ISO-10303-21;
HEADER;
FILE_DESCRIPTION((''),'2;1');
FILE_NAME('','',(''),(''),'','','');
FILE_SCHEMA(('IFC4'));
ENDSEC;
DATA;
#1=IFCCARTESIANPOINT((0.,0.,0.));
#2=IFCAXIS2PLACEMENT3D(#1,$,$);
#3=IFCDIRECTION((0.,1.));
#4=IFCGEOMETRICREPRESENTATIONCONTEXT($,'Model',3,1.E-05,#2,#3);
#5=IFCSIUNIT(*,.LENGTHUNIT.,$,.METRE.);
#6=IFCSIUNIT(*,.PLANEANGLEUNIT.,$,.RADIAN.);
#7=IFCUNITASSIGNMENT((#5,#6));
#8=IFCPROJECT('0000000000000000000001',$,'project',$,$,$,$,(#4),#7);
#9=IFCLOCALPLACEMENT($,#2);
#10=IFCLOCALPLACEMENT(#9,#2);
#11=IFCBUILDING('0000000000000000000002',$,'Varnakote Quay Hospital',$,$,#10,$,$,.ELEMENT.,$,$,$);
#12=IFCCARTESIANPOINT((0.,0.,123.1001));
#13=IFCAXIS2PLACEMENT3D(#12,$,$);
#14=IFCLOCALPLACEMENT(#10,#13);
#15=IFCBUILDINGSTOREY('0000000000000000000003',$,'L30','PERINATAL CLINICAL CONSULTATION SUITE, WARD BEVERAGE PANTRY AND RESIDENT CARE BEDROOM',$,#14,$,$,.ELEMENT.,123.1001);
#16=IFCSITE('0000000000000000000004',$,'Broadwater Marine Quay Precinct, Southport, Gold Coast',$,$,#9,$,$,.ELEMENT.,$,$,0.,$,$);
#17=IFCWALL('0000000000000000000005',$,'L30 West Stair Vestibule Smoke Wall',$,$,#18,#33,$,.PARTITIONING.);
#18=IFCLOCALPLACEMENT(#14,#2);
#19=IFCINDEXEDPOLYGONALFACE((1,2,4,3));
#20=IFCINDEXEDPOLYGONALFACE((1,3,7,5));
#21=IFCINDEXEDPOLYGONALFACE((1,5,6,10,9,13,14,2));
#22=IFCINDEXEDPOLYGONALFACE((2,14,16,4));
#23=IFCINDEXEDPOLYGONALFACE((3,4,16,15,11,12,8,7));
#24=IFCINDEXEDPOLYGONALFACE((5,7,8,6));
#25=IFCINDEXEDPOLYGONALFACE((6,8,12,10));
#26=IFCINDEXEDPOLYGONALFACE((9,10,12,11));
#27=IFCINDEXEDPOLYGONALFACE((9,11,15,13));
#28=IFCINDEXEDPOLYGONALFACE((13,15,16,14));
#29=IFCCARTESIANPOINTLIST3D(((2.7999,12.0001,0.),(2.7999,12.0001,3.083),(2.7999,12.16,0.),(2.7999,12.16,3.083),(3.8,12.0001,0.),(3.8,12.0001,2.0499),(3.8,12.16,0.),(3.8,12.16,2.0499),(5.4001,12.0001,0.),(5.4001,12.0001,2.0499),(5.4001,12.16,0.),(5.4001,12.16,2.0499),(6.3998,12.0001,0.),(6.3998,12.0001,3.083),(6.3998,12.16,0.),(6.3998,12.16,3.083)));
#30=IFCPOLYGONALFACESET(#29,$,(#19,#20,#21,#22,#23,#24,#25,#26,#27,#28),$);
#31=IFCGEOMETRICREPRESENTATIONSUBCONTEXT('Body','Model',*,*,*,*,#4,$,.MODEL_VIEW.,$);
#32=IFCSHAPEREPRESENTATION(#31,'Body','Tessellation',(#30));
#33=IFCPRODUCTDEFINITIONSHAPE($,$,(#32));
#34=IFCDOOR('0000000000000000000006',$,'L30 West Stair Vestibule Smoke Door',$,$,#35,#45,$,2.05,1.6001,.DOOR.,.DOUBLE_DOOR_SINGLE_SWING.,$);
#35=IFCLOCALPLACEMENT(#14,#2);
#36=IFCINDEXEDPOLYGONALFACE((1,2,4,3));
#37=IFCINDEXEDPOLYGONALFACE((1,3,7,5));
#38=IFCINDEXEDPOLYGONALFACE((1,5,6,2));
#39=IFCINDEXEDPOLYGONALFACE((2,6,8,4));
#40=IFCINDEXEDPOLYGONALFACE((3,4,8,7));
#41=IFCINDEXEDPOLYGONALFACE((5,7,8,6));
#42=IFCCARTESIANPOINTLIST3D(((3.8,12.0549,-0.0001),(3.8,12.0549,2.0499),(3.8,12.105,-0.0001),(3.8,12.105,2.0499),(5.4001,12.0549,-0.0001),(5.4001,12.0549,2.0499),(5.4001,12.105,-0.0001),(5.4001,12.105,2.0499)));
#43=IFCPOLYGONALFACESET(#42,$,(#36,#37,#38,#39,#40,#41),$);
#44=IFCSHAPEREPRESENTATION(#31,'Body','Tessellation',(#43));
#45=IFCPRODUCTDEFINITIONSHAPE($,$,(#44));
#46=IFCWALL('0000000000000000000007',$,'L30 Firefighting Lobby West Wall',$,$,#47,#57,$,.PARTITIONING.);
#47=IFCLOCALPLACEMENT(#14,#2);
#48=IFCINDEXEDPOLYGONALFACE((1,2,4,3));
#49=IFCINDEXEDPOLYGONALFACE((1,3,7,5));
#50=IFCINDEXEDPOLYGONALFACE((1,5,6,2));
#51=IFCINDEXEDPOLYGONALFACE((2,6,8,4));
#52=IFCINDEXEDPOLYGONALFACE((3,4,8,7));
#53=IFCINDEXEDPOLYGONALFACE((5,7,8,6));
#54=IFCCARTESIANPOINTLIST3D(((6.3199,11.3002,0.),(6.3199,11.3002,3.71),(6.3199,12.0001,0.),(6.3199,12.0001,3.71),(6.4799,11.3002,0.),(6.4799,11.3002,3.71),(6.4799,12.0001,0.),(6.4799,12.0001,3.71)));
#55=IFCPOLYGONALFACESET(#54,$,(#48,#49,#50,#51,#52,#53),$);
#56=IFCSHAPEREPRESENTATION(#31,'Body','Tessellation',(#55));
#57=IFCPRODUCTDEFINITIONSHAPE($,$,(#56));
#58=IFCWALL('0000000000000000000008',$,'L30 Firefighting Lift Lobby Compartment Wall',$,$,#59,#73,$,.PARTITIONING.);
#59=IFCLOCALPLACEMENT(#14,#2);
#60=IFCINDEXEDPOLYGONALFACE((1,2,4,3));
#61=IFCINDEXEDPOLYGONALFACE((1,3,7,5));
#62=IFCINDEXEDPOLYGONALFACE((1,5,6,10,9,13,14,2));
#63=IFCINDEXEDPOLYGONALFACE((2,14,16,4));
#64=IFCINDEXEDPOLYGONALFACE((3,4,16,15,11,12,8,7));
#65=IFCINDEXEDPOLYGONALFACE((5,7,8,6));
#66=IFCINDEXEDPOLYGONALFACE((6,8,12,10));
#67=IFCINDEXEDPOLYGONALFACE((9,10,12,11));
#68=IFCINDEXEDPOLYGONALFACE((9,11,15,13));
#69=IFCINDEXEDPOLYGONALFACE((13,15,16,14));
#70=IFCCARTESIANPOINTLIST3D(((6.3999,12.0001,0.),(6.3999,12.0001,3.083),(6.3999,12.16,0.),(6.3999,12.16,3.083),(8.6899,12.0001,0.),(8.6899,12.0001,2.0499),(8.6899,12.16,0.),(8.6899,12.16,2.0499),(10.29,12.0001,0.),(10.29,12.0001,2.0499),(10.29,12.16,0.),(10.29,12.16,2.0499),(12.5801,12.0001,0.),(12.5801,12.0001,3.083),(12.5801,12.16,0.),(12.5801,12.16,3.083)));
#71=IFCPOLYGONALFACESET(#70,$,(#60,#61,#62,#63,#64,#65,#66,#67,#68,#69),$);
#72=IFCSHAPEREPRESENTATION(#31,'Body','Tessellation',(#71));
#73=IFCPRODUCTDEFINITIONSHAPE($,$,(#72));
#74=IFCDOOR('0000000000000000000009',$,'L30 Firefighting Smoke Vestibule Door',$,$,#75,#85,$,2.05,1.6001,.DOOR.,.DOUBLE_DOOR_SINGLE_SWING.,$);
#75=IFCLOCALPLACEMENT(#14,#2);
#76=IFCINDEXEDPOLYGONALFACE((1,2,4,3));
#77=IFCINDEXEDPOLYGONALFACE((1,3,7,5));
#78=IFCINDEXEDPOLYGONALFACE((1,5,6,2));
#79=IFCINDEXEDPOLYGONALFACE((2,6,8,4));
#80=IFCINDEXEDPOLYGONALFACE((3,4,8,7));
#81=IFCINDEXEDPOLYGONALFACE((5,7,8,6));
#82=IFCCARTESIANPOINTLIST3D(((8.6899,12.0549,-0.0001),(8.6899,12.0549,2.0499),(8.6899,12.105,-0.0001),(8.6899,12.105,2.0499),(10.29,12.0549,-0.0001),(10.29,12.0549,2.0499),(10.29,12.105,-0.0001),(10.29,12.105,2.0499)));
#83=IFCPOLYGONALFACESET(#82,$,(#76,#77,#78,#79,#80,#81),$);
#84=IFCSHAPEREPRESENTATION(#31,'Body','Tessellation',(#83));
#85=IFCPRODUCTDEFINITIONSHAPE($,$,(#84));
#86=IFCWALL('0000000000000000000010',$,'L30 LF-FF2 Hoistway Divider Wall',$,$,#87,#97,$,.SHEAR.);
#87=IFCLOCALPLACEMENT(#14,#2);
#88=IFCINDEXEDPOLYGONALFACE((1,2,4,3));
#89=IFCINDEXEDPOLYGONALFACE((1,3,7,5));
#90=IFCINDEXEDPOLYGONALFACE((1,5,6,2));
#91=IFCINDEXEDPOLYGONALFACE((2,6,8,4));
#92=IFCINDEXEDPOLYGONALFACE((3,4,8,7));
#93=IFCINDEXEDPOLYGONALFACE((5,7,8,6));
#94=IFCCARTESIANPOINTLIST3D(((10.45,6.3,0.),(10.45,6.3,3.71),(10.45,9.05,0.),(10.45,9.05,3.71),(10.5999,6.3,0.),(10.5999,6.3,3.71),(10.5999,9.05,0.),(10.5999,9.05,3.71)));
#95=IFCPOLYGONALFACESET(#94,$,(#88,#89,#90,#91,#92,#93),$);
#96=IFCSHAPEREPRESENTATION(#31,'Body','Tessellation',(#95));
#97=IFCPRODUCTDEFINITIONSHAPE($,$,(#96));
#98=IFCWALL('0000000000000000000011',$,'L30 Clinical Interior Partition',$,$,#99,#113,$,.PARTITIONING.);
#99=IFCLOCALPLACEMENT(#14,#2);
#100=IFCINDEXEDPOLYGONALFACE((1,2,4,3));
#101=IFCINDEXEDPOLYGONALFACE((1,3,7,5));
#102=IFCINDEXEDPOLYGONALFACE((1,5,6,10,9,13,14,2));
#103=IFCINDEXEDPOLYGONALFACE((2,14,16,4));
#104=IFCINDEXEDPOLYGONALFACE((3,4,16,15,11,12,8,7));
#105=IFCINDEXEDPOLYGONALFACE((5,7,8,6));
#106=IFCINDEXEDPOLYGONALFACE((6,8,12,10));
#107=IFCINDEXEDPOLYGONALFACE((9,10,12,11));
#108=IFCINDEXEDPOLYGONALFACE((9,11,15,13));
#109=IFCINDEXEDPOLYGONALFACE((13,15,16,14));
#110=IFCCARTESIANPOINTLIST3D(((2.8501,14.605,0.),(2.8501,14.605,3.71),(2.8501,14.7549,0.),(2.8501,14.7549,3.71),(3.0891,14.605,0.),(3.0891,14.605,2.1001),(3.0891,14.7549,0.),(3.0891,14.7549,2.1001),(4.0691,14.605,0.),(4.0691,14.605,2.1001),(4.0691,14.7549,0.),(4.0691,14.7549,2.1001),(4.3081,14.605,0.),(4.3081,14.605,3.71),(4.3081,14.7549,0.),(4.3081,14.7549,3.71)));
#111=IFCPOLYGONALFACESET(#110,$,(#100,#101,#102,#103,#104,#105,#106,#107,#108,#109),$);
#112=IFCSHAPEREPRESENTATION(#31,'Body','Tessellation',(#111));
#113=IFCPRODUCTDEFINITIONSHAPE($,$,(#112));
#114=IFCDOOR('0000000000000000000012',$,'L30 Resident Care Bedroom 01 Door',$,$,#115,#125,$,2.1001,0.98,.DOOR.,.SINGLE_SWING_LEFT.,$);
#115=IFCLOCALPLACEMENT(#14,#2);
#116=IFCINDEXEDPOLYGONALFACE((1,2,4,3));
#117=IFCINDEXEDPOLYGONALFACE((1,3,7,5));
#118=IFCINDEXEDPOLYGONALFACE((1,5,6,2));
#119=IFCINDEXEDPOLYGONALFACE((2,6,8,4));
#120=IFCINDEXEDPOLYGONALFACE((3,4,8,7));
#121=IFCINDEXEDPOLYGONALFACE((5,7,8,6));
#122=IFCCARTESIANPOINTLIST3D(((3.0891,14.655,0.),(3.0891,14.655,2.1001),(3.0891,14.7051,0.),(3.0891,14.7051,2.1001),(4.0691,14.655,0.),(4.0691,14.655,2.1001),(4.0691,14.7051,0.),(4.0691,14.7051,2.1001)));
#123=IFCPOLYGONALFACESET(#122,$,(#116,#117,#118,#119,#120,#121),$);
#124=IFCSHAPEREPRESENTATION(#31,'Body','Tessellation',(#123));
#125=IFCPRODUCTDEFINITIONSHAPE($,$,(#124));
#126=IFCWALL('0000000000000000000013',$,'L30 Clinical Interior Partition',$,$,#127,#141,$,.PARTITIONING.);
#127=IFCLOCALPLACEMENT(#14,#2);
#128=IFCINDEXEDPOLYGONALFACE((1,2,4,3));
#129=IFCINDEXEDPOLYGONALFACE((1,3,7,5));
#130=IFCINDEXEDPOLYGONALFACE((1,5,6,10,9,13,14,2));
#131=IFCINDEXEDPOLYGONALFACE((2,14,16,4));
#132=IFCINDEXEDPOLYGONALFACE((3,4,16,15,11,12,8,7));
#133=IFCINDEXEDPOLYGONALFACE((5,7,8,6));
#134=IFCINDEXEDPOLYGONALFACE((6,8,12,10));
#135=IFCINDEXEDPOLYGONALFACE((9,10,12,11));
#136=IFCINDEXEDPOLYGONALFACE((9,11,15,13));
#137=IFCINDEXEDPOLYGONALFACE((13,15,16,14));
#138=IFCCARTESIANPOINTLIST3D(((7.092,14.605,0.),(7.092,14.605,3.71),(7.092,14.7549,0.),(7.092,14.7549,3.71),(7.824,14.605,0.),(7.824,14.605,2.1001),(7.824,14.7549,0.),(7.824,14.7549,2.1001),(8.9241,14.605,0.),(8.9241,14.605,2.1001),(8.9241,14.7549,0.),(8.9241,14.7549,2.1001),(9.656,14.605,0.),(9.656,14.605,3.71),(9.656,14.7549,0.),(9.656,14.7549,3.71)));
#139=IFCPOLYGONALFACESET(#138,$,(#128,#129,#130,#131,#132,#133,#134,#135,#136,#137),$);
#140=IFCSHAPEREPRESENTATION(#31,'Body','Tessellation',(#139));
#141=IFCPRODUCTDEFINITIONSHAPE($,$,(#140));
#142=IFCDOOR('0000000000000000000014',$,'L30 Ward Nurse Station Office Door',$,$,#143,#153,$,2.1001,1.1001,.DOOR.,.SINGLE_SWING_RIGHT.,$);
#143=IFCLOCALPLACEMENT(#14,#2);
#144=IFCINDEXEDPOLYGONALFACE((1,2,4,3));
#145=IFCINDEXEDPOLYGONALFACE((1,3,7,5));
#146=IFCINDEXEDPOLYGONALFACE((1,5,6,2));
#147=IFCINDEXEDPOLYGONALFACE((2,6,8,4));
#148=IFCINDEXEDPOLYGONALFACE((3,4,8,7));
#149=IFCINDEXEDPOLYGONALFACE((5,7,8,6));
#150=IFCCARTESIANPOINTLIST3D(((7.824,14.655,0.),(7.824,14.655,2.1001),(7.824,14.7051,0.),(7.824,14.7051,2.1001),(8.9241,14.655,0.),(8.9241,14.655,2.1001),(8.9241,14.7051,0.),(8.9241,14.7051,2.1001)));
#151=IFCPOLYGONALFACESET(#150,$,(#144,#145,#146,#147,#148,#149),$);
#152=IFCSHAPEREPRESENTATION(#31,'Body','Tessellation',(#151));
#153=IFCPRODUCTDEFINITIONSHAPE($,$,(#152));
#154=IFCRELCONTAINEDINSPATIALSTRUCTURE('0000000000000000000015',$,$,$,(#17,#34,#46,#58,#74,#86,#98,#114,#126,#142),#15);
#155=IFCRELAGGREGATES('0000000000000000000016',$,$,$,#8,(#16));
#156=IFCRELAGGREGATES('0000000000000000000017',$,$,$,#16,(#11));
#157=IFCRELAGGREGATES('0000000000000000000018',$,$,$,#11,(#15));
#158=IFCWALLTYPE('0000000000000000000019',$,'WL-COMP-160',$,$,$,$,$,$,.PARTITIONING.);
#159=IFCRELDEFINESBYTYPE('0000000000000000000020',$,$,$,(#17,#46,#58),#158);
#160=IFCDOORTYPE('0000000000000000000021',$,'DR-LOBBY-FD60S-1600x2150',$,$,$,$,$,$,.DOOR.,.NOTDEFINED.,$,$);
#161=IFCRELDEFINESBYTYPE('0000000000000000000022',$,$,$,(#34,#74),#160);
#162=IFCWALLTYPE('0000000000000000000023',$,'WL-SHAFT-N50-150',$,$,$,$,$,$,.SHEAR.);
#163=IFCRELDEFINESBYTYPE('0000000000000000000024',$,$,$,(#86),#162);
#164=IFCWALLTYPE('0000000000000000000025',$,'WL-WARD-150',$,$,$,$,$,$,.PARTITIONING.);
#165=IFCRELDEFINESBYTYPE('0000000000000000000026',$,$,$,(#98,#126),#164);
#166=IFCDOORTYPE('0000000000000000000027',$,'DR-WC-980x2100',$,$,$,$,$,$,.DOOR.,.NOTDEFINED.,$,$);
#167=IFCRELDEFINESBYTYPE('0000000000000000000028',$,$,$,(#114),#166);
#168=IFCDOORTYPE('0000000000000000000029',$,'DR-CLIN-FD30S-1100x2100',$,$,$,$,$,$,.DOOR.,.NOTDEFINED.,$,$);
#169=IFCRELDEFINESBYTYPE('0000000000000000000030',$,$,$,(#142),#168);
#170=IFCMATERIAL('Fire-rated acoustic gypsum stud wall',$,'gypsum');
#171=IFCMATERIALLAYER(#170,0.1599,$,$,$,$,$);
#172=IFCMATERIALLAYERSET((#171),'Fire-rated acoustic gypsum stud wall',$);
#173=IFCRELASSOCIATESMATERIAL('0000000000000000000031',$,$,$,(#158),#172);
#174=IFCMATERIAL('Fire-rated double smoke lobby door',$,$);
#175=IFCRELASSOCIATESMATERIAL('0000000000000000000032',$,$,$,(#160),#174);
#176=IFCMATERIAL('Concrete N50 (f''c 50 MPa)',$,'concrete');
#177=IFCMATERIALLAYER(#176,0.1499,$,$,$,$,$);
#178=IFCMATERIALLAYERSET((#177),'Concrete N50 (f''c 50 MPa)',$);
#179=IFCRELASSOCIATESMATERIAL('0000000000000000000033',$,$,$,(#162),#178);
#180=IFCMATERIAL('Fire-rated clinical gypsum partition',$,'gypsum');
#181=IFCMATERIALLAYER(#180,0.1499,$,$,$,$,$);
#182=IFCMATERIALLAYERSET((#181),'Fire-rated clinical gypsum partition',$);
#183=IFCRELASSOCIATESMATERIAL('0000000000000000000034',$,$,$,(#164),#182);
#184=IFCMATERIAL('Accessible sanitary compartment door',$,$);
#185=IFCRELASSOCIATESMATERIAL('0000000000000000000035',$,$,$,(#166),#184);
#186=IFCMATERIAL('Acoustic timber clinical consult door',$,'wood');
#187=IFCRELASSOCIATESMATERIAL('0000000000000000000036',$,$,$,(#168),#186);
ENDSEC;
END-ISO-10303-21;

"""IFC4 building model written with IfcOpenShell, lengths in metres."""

from ifc_helpers import new_model, si_unit, direction, frame, frame_2d, origin, place, context, subcontext, project, spatial, rectangle, extrude, material, layer, layer_set, type_object, element, fill, save


model = new_model("IFC4")

# Units and contexts
model_context = context("Model", 3, precision=1e-05, world=origin(), true_north=direction((0.0, 1.0)))
body_context = subcontext(model_context, "Body", "Model", "MODEL_VIEW")
ifc_project = project(units=[si_unit("LENGTHUNIT", "METRE"), si_unit("PLANEANGLEUNIT", "RADIAN")], contexts=[model_context])

# Site, building, storey
site_placement = place(None, origin())
site = spatial("IfcSite", under=ifc_project, at=site_placement, Name="Broadwater Marine Quay Precinct, Southport, Gold Coast", CompositionType="ELEMENT", RefElevation=0.0)
building_placement = place(site_placement, origin())
building = spatial("IfcBuilding", under=site, at=building_placement, Name="Varnakote Quay Hospital", CompositionType="ELEMENT")
storey_placement = place(building_placement, frame((0.0, 0.0, 123.1001)))
storey = spatial("IfcBuildingStorey", under=building, at=storey_placement, Name="L30", Description="PERINATAL CLINICAL CONSULTATION SUITE, WARD BEVERAGE PANTRY AND RESIDENT CARE BEDROOM", CompositionType="ELEMENT", Elevation=123.1001)

# Shared definitions
ifc_material_1 = material(Name="Fire-rated acoustic gypsum stud wall", Category="gypsum")
ifc_layer_1 = layer(ifc_material_1, 0.1599)
ifc_layer_set_1 = layer_set([ifc_layer_1], Name="Fire-rated acoustic gypsum stud wall")
wall_type_1 = type_object("IfcWallType", Name="WL-COMP-160", PredefinedType="PARTITIONING", material=ifc_layer_set_1)

# Wall, opening, door
wall_1_placement = place(storey_placement, frame((2.8, 12.0801, 0.0), z_axis=(0.0, 0.0, 1.0), x_axis=(1.0, 0.0, 0.0)))
wall_1 = element("IfcWall", 1, at=wall_1_placement, inside=storey, type_object=wall_type_1, Name="L30 West Stair Vestibule Smoke Wall", PredefinedType="PARTITIONING", context=body_context, shape_type="SweptSolid", body=[
    extrude(rectangle(XDim=3.5999, YDim=0.1599, at=frame_2d((1.7998, 0.0))), origin(), (0.0, 0.0, 1.0), 3.083),
])
opening_1_placement = place(wall_1_placement, frame((1.0, 0.0, 0.0)))
opening_1 = element("IfcOpeningElement", 2, at=opening_1_placement, cuts=wall_1, PredefinedType="OPENING", context=body_context, shape_type="SweptSolid", body=[
    extrude(rectangle(XDim=1.6001, YDim=2.05, at=frame_2d((0.8, 1.0249))), frame((0.0, 0.0898, 0.0), z_axis=(0.0, -1.0, 0.0), x_axis=(1.0, 0.0, 0.0)), (0.0, 0.0, 1.0), 0.1799),
])
ifc_material_2 = material(Name="Fire-rated double smoke lobby door")
door_type_1 = type_object("IfcDoorType", Name="DR-LOBBY-FD60S-1600x2150", OperationType="NOTDEFINED", PredefinedType="DOOR", material=ifc_material_2)
door_1_placement = place(opening_1_placement, origin())
door_1 = element("IfcDoor", 3, at=door_1_placement, inside=storey, type_object=door_type_1, Name="L30 West Stair Vestibule Smoke Door", OperationType="DOUBLE_DOOR_SINGLE_SWING", OverallHeight=2.05, OverallWidth=1.6001, PredefinedType="DOOR", context=body_context, shape_type="SweptSolid", body=[
    extrude(rectangle(XDim=1.6001, YDim=2.05, at=frame_2d((0.8, 1.0249))), frame((0.0, 0.0249, 0.0), z_axis=(0.0, -1.0, 0.0), x_axis=(1.0, 0.0, 0.0)), (0.0, 0.0, 1.0), 0.05),
])
fill(opening_1, door_1)

# Wall
wall_2_placement = place(storey_placement, frame((6.3999, 11.3, 0.0), z_axis=(0.0, 0.0, 1.0), x_axis=(0.0, 1.0, 0.0)))
element("IfcWall", 4, at=wall_2_placement, inside=storey, type_object=wall_type_1, Name="L30 Firefighting Lobby West Wall", PredefinedType="PARTITIONING", context=body_context, shape_type="SweptSolid", body=[
    extrude(rectangle(XDim=0.7, YDim=0.1599, at=frame_2d((0.3501, 0.0))), origin(), (0.0, 0.0, 1.0), 3.71),
])

# Wall, opening, door
wall_3_placement = place(storey_placement, frame((6.3999, 12.0801, 0.0), z_axis=(0.0, 0.0, 1.0), x_axis=(1.0, 0.0, 0.0)))
wall_3 = element("IfcWall", 5, at=wall_3_placement, inside=storey, type_object=wall_type_1, Name="L30 Firefighting Lift Lobby Compartment Wall", PredefinedType="PARTITIONING", context=body_context, shape_type="SweptSolid", body=[
    extrude(rectangle(XDim=6.1802, YDim=0.1599, at=frame_2d((3.0901, 0.0))), origin(), (0.0, 0.0, 1.0), 3.083),
])
opening_2_placement = place(wall_3_placement, frame((2.29, 0.0, 0.0)))
opening_2 = element("IfcOpeningElement", 6, at=opening_2_placement, cuts=wall_3, PredefinedType="OPENING", context=body_context, shape_type="SweptSolid", body=[
    extrude(rectangle(XDim=1.6001, YDim=2.05, at=frame_2d((0.8, 1.0249))), frame((0.0, 0.0898, 0.0), z_axis=(0.0, -1.0, 0.0), x_axis=(1.0, 0.0, 0.0)), (0.0, 0.0, 1.0), 0.1799),
])
door_2_placement = place(opening_2_placement, origin())
door_2 = element("IfcDoor", 7, at=door_2_placement, inside=storey, type_object=door_type_1, Name="L30 Firefighting Smoke Vestibule Door", OperationType="DOUBLE_DOOR_SINGLE_SWING", OverallHeight=2.05, OverallWidth=1.6001, PredefinedType="DOOR", context=body_context, shape_type="SweptSolid", body=[
    extrude(rectangle(XDim=1.6001, YDim=2.05, at=frame_2d((0.8, 1.0249))), frame((0.0, 0.0249, 0.0), z_axis=(0.0, -1.0, 0.0), x_axis=(1.0, 0.0, 0.0)), (0.0, 0.0, 1.0), 0.05),
])
fill(opening_2, door_2)

# Wall
ifc_material_3 = material(Name="Concrete N50 (f'c 50 MPa)", Category="concrete")
ifc_layer_2 = layer(ifc_material_3, 0.1499)
ifc_layer_set_2 = layer_set([ifc_layer_2], Name="Concrete N50 (f'c 50 MPa)")
wall_type_2 = type_object("IfcWallType", Name="WL-SHAFT-N50-150", PredefinedType="SHEAR", material=ifc_layer_set_2)
wall_4_placement = place(storey_placement, frame((10.5249, 6.3, 0.0), z_axis=(0.0, 0.0, 1.0), x_axis=(0.0, 1.0, 0.0)))
element("IfcWall", 8, at=wall_4_placement, inside=storey, type_object=wall_type_2, Name="L30 LF-FF2 Hoistway Divider Wall", PredefinedType="SHEAR", context=body_context, shape_type="SweptSolid", body=[
    extrude(rectangle(XDim=2.75, YDim=0.1499, at=frame_2d((1.375, 0.0))), origin(), (0.0, 0.0, 1.0), 3.71),
])

# Walls, openings, doors
ifc_material_4 = material(Name="Fire-rated clinical gypsum partition", Category="gypsum")
ifc_layer_3 = layer(ifc_material_4, 0.1499)
ifc_layer_set_3 = layer_set([ifc_layer_3], Name="Fire-rated clinical gypsum partition")
wall_type_3 = type_object("IfcWallType", Name="WL-WARD-150", PredefinedType="PARTITIONING", material=ifc_layer_set_3)
wall_5_placement = place(storey_placement, frame((4.3081, 14.6799, 0.0), z_axis=(0.0, 0.0, 1.0), x_axis=(-1.0, 0.0, 0.0)))
wall_5 = element("IfcWall", 9, at=wall_5_placement, inside=storey, type_object=wall_type_3, Name="L30 Clinical Interior Partition", PredefinedType="PARTITIONING", context=body_context, shape_type="SweptSolid", body=[
    extrude(rectangle(XDim=1.458, YDim=0.1499, at=frame_2d((0.729, 0.0))), origin(), (0.0, 0.0, 1.0), 3.71),
])
opening_3_placement = place(wall_5_placement, frame((0.239, 0.0, 0.0)))
opening_3 = element("IfcOpeningElement", 10, at=opening_3_placement, cuts=wall_5, PredefinedType="OPENING", context=body_context, shape_type="SweptSolid", body=[
    extrude(rectangle(XDim=0.98, YDim=2.1001, at=frame_2d((0.49, 1.05))), frame((0.0, 0.085, 0.0), z_axis=(0.0, -1.0, 0.0), x_axis=(1.0, 0.0, 0.0)), (0.0, 0.0, 1.0), 0.1699),
])
ifc_material_5 = material(Name="Accessible sanitary compartment door")
door_type_2 = type_object("IfcDoorType", Name="DR-WC-980x2100", OperationType="NOTDEFINED", PredefinedType="DOOR", material=ifc_material_5)
door_3_placement = place(opening_3_placement, origin())
door_3 = element("IfcDoor", 11, at=door_3_placement, inside=storey, type_object=door_type_2, Name="L30 Resident Care Bedroom 01 Door", OperationType="SINGLE_SWING_LEFT", OverallHeight=2.1001, OverallWidth=0.98, PredefinedType="DOOR", context=body_context, shape_type="SweptSolid", body=[
    extrude(rectangle(XDim=0.98, YDim=2.1001, at=frame_2d((0.49, 1.05))), frame((0.0, 0.0249, 0.0), z_axis=(0.0, -1.0, 0.0), x_axis=(1.0, 0.0, 0.0)), (0.0, 0.0, 1.0), 0.05),
])
fill(opening_3, door_3)
wall_6_placement = place(storey_placement, frame((9.656, 14.6799, 0.0), z_axis=(0.0, 0.0, 1.0), x_axis=(-1.0, 0.0, 0.0)))
wall_6 = element("IfcWall", 12, at=wall_6_placement, inside=storey, type_object=wall_type_3, Name="L30 Clinical Interior Partition", PredefinedType="PARTITIONING", context=body_context, shape_type="SweptSolid", body=[
    extrude(rectangle(XDim=2.564, YDim=0.1499, at=frame_2d((1.282, 0.0))), origin(), (0.0, 0.0, 1.0), 3.71),
])
opening_4_placement = place(wall_6_placement, frame((0.7319, 0.0, 0.0)))
opening_4 = element("IfcOpeningElement", 13, at=opening_4_placement, cuts=wall_6, PredefinedType="OPENING", context=body_context, shape_type="SweptSolid", body=[
    extrude(rectangle(XDim=1.1001, YDim=2.1001, at=frame_2d((0.55, 1.05))), frame((0.0, 0.085, 0.0), z_axis=(0.0, -1.0, 0.0), x_axis=(1.0, 0.0, 0.0)), (0.0, 0.0, 1.0), 0.1699),
])
ifc_material_6 = material(Name="Acoustic timber clinical consult door", Category="wood")
door_type_3 = type_object("IfcDoorType", Name="DR-CLIN-FD30S-1100x2100", OperationType="NOTDEFINED", PredefinedType="DOOR", material=ifc_material_6)
door_4_placement = place(opening_4_placement, origin())
door_4 = element("IfcDoor", 14, at=door_4_placement, inside=storey, type_object=door_type_3, Name="L30 Ward Nurse Station Office Door", OperationType="SINGLE_SWING_RIGHT", OverallHeight=2.1001, OverallWidth=1.1001, PredefinedType="DOOR", context=body_context, shape_type="SweptSolid", body=[
    extrude(rectangle(XDim=1.1001, YDim=2.1001, at=frame_2d((0.55, 1.05))), frame((0.0, 0.0249, 0.0), z_axis=(0.0, -1.0, 0.0), x_axis=(1.0, 0.0, 0.0)), (0.0, 0.0, 1.0), 0.05),
])
fill(opening_4, door_4)

save(model, "model.ifc")
